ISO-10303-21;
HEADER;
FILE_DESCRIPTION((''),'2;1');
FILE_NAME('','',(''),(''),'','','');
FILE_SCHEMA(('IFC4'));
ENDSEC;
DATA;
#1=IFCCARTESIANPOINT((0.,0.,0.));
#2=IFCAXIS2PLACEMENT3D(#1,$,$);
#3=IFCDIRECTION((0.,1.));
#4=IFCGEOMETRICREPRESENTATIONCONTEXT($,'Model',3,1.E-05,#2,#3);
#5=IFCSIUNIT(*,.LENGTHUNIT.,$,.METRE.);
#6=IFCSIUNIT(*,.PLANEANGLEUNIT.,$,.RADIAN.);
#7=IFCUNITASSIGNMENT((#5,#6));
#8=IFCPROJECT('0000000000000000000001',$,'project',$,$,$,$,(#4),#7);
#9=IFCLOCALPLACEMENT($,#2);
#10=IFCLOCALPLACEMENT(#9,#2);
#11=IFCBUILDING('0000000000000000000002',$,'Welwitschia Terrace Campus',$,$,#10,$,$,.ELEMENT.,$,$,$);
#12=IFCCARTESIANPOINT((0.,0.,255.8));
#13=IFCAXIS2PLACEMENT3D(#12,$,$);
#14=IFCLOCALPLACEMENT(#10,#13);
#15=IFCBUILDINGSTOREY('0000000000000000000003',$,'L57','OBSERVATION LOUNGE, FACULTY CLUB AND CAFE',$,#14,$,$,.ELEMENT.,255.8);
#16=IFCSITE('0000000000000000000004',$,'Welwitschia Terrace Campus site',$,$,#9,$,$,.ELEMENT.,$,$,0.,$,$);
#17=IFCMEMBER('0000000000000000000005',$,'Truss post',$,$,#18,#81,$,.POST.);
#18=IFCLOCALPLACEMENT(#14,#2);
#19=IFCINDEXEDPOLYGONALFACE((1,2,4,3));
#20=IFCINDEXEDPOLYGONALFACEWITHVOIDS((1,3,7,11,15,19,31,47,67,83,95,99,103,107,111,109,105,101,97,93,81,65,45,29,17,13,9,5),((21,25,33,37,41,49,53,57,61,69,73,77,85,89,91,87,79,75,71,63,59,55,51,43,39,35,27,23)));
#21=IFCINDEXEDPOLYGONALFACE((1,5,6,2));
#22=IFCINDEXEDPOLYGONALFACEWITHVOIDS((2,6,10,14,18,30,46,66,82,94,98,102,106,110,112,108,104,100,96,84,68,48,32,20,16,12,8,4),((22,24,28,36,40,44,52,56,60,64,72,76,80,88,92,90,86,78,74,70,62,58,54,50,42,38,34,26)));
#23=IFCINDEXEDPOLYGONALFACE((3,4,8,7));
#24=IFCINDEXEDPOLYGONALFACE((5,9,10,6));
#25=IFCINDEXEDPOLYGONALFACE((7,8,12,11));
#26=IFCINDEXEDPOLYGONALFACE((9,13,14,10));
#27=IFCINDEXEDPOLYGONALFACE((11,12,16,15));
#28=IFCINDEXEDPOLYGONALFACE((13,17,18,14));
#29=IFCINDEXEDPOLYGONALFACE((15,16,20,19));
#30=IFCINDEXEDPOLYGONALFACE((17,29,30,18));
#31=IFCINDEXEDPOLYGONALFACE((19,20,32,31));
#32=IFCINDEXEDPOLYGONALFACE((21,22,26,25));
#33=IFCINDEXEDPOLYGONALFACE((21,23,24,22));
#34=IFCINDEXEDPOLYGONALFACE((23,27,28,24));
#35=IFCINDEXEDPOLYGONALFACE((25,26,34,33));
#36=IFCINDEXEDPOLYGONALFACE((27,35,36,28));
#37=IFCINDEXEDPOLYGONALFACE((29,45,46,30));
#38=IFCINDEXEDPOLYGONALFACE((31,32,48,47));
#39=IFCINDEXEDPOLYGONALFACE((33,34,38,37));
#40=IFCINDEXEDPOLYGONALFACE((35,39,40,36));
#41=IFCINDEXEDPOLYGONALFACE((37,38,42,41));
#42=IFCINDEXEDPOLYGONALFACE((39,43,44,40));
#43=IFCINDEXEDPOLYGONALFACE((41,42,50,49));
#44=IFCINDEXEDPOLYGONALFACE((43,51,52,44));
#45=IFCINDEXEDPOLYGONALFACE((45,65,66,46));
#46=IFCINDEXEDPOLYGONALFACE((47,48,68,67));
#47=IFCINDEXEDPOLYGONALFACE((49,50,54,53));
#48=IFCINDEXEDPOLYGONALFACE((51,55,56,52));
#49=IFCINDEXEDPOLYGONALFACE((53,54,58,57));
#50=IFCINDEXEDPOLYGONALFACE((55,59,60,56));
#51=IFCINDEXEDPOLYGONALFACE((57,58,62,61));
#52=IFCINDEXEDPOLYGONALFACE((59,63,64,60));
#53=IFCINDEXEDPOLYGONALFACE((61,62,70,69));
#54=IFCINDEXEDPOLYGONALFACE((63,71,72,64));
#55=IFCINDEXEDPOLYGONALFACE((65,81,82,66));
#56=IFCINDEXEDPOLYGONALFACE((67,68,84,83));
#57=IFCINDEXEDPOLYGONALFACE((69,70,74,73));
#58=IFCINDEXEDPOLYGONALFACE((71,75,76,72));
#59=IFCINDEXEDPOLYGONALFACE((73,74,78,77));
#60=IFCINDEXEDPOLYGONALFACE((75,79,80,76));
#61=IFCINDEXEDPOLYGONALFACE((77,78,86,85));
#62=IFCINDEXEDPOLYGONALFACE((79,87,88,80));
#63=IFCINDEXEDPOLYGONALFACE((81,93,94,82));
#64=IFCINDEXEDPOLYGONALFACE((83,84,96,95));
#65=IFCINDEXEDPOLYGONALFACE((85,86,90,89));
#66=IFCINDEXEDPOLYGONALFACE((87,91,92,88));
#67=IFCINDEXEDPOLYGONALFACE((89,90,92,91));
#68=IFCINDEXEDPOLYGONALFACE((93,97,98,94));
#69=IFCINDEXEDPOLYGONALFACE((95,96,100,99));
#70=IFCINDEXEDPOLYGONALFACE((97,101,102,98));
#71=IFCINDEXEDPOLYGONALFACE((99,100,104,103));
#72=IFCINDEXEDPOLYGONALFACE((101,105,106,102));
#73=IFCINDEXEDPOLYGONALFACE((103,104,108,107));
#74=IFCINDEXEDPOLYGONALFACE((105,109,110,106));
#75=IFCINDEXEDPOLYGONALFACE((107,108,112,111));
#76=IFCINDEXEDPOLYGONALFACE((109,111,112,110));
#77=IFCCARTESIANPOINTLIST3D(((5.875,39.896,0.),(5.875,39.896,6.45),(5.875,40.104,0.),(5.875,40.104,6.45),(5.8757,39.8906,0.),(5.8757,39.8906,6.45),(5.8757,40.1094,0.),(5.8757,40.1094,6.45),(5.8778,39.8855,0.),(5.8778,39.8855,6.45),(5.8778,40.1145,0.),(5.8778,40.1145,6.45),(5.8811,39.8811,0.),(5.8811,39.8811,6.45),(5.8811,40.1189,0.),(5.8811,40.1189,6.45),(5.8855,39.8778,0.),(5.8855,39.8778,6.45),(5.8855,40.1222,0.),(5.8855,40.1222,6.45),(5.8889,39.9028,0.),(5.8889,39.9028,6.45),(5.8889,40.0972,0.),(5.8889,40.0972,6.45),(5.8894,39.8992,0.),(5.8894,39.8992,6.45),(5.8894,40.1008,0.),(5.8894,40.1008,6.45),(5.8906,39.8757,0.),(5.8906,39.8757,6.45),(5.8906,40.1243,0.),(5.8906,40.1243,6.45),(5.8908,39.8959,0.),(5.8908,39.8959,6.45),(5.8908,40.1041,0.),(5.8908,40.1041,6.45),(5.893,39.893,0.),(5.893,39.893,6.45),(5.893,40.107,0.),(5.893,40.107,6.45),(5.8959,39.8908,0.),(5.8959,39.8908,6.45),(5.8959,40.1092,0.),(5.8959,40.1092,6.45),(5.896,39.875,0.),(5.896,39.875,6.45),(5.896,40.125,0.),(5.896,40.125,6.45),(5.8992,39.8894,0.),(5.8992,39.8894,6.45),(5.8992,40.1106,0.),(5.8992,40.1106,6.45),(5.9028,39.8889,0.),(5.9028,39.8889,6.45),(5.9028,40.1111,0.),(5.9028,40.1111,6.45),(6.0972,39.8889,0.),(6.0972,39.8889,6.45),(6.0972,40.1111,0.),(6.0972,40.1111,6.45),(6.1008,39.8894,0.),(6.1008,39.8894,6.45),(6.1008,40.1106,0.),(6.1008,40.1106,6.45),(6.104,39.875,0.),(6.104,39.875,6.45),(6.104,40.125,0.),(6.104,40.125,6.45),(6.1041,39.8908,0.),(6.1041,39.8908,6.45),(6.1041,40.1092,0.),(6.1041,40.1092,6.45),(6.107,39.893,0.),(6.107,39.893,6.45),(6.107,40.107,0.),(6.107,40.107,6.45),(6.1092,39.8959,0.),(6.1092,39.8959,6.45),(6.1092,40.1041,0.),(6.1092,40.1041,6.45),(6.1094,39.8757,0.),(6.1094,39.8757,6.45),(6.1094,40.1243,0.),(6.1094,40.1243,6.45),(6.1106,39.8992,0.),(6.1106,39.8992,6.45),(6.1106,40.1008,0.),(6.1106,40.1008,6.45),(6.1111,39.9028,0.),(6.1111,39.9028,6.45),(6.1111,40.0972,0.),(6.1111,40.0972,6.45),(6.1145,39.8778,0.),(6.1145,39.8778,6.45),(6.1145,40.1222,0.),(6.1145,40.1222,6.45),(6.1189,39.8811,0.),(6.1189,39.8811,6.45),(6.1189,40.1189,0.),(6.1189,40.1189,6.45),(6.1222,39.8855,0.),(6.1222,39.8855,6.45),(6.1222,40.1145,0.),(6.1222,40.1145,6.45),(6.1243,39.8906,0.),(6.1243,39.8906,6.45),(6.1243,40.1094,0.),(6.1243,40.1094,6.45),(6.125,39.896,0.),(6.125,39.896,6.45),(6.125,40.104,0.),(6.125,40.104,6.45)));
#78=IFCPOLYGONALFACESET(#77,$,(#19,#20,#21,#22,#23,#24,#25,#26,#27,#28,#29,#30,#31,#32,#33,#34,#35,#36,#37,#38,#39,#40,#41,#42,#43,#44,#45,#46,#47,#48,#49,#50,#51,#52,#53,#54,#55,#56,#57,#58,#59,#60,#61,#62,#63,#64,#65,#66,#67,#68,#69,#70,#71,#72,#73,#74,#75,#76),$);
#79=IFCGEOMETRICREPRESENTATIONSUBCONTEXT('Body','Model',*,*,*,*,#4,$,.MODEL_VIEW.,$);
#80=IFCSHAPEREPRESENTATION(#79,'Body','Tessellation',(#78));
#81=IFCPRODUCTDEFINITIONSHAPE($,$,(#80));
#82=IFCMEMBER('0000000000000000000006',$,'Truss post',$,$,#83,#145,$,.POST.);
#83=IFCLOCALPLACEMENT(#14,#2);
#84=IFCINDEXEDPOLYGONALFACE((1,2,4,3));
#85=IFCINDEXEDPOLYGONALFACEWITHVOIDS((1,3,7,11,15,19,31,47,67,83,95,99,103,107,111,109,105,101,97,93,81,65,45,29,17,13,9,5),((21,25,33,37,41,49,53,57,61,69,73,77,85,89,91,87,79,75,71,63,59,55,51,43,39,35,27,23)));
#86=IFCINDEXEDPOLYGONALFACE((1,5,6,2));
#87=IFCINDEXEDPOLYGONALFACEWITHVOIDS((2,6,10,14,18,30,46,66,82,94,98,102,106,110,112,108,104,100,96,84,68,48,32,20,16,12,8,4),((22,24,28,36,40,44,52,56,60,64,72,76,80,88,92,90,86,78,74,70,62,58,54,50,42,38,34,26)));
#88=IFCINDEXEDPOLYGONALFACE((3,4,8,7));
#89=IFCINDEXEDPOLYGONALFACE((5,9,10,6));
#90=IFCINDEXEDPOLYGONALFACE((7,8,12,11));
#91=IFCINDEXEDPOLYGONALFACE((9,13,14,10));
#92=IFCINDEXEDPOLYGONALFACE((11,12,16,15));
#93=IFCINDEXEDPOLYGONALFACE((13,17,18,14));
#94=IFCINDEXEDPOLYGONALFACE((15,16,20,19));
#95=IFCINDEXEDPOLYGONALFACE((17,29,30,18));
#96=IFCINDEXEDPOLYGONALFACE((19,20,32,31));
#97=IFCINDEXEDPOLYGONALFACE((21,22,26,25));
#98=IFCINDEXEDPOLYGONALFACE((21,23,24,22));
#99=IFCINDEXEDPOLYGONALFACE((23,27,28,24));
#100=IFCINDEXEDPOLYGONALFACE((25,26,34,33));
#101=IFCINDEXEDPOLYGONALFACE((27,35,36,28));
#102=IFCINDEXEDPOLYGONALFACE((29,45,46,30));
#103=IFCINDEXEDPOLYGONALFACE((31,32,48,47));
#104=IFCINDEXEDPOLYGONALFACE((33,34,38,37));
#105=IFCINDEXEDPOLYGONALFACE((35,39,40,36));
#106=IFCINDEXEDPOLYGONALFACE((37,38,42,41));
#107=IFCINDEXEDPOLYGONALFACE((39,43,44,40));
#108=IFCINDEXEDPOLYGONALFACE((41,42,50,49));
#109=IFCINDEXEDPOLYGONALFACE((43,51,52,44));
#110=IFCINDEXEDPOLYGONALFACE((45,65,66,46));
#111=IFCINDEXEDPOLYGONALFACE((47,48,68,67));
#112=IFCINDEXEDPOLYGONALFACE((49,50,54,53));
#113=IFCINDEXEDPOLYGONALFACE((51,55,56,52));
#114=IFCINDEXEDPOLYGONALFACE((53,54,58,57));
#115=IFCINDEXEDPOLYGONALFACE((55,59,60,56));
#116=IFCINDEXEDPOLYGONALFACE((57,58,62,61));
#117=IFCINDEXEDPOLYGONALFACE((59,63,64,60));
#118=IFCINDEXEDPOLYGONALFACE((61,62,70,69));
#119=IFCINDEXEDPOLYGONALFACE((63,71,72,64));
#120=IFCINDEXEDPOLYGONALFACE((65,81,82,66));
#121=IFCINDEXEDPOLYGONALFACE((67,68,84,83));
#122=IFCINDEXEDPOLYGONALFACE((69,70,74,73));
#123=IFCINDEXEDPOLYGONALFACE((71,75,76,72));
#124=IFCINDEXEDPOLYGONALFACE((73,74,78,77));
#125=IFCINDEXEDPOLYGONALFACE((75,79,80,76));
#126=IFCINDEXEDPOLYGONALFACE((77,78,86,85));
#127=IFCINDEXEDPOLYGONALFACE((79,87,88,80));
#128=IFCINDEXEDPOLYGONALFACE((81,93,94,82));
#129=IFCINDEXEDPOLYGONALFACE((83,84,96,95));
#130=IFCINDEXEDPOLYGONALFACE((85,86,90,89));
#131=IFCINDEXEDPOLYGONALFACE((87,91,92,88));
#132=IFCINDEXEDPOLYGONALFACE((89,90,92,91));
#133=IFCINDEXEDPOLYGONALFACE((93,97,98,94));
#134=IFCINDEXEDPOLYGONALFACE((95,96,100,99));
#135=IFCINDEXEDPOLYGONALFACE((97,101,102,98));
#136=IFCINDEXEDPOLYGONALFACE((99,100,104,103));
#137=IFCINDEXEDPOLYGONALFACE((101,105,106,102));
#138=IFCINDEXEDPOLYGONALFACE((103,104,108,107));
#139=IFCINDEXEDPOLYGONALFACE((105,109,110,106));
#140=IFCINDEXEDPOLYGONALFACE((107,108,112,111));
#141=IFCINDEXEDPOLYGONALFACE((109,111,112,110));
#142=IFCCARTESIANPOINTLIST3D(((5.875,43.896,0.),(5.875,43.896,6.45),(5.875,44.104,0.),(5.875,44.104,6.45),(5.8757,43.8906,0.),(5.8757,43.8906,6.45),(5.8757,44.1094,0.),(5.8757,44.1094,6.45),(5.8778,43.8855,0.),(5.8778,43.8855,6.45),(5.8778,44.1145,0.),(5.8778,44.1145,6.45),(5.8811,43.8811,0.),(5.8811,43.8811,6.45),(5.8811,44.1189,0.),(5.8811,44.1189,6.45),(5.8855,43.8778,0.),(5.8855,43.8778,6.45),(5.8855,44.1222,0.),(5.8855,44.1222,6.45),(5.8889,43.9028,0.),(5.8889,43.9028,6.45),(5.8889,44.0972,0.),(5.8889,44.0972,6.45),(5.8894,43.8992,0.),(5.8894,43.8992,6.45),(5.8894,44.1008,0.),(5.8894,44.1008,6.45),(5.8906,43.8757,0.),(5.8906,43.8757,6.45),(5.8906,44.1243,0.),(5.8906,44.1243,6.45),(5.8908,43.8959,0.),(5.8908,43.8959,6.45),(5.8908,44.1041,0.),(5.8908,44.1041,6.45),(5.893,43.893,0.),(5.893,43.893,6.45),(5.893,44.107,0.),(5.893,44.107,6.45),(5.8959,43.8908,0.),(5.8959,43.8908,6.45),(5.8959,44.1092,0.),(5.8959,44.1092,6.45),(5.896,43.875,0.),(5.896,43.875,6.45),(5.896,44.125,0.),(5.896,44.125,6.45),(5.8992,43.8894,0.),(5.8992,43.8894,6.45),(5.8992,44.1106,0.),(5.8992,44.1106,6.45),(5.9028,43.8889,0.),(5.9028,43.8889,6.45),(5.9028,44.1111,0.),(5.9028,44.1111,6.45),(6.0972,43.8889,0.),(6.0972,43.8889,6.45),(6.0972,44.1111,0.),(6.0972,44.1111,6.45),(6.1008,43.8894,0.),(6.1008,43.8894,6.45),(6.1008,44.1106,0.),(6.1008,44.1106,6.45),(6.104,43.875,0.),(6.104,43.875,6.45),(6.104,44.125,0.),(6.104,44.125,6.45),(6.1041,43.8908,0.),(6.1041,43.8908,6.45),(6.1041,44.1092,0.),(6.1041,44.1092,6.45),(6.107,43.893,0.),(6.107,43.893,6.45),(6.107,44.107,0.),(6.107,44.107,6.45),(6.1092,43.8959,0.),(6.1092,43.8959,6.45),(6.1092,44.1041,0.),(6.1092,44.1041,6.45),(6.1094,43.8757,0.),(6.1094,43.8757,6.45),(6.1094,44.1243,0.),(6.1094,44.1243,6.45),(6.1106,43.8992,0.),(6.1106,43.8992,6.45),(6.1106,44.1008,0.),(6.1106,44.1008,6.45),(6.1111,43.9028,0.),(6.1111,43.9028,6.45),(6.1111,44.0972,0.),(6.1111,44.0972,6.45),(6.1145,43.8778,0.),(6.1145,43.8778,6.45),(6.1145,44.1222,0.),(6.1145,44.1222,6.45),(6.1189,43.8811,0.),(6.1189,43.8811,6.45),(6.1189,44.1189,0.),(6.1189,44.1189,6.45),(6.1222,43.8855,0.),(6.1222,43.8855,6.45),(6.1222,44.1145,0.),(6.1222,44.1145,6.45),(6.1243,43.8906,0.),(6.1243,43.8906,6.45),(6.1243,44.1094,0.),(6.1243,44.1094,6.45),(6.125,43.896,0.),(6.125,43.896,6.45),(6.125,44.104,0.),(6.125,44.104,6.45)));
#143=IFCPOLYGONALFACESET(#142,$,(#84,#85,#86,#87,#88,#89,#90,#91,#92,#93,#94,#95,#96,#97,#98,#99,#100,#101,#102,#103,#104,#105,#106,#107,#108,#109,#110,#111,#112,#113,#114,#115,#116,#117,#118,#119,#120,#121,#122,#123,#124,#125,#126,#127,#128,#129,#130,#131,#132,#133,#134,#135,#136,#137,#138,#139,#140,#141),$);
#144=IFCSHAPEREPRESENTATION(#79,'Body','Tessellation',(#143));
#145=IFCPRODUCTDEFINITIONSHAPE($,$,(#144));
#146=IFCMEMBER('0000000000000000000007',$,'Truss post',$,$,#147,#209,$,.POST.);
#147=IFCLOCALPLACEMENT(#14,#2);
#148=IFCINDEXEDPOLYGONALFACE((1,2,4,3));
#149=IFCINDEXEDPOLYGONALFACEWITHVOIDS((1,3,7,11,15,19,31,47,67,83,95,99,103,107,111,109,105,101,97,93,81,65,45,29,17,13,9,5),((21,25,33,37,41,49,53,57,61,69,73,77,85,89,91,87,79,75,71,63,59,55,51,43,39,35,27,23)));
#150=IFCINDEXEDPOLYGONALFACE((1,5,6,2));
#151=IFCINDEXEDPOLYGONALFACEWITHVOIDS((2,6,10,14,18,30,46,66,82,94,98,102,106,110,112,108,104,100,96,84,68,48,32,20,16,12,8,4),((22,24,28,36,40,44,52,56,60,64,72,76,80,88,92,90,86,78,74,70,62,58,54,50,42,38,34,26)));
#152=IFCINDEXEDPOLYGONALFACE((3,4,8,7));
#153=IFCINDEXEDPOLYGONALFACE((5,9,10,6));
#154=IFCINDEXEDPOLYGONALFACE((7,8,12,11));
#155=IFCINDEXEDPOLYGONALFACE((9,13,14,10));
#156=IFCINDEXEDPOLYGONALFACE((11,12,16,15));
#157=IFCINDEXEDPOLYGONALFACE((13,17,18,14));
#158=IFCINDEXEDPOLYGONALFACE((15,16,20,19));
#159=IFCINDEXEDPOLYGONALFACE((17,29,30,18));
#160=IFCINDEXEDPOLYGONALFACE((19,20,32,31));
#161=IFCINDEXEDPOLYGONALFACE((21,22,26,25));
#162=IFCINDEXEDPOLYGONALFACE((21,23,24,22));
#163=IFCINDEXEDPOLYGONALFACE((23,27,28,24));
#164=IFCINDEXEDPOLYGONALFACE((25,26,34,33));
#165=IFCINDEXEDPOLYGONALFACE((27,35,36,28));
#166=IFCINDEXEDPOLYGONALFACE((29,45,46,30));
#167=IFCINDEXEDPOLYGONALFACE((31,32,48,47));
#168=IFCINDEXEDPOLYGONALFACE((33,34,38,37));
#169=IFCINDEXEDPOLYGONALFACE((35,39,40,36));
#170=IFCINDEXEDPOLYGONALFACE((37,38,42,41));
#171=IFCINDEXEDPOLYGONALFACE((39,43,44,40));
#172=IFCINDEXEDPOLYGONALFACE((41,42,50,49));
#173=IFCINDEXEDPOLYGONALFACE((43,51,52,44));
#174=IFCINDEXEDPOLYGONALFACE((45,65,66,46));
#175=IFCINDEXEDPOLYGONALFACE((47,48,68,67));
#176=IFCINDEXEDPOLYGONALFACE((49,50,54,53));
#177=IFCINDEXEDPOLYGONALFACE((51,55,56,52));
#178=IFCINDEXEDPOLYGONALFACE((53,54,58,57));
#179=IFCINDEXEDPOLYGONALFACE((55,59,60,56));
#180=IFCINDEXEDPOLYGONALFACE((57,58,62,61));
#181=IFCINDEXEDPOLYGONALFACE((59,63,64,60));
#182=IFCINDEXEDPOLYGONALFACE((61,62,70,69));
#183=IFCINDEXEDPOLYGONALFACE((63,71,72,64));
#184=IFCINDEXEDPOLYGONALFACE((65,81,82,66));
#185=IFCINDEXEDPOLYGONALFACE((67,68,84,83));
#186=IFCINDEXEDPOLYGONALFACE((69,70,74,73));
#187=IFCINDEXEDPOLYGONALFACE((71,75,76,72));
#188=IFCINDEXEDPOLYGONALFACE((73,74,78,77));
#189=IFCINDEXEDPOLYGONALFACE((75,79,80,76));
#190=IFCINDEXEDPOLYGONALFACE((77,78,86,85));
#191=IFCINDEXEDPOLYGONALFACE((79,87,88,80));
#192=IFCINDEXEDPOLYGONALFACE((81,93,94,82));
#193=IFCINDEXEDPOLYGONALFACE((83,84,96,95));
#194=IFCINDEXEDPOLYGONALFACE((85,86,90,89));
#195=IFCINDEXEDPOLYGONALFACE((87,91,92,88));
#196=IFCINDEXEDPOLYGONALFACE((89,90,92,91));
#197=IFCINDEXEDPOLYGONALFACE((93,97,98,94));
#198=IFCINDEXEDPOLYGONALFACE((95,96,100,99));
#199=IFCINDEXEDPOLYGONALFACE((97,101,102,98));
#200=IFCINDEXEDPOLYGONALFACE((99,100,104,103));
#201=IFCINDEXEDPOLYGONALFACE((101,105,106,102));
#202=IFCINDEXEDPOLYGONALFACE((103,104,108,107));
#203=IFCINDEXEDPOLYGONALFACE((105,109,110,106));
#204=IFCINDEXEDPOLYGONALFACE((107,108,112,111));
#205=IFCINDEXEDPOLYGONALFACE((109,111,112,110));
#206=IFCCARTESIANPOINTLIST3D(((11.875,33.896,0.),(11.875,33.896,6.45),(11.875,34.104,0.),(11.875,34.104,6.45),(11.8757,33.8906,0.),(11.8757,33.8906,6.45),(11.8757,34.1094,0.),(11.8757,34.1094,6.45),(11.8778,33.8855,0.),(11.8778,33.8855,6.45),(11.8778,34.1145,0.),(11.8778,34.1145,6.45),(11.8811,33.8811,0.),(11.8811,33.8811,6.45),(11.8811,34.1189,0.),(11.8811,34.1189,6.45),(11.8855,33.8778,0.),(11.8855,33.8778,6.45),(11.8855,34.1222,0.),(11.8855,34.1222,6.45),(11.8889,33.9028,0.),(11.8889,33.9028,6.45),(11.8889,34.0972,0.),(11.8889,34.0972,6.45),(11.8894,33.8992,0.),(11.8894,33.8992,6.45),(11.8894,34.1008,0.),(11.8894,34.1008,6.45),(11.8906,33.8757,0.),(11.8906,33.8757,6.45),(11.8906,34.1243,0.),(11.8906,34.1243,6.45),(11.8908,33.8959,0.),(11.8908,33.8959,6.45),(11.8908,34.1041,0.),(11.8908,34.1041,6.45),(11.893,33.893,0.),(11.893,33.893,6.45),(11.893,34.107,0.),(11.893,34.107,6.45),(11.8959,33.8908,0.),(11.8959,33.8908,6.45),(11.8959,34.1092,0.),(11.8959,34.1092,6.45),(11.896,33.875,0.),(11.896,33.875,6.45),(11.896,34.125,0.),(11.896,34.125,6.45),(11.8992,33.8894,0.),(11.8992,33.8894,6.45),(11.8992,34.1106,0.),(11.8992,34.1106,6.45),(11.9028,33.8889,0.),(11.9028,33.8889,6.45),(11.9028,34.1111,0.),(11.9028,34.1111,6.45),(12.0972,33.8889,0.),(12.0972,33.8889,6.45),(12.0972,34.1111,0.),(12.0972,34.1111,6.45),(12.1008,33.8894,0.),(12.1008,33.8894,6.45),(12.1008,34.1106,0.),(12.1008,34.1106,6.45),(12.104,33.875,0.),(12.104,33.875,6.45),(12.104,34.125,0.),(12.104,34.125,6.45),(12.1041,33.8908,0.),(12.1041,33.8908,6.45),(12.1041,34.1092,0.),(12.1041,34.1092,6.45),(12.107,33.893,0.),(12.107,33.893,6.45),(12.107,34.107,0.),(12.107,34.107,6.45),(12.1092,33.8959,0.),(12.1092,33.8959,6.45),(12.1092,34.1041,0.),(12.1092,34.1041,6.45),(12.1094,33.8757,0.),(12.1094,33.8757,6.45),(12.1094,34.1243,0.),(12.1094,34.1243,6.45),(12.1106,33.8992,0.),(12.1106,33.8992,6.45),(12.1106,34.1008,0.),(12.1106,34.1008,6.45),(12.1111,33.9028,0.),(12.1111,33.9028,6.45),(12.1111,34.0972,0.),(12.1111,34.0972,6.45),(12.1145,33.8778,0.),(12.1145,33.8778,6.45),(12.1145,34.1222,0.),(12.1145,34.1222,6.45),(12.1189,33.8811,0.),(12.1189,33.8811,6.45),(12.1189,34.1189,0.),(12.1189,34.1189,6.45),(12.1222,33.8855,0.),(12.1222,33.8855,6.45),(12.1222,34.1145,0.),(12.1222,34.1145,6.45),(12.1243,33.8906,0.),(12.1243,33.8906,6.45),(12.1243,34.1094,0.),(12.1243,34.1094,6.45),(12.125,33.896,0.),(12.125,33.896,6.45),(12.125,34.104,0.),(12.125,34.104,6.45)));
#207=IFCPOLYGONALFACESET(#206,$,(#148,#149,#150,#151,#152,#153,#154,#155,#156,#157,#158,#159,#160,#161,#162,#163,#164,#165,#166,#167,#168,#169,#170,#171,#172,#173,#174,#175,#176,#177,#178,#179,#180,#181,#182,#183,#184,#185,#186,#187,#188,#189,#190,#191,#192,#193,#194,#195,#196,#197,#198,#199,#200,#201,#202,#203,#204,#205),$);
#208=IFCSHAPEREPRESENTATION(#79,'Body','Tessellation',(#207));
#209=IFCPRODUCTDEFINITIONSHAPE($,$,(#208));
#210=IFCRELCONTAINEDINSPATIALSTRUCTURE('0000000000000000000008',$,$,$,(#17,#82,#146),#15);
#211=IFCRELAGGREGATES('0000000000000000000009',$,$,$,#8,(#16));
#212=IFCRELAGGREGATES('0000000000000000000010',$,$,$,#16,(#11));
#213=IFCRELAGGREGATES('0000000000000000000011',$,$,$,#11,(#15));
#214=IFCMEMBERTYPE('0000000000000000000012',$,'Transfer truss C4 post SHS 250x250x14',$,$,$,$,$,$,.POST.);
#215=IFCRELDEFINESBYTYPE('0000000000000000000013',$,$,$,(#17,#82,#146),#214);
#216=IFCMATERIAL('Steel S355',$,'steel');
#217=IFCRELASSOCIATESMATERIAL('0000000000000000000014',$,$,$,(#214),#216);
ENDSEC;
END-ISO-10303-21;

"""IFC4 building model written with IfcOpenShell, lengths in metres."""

from ifc_helpers import new_model, si_unit, direction, frame, origin, origin_2d, place, context, subcontext, project, spatial, hollow_rectangle, extrude, material, material_profile, profile_set, type_object, element, save


model = new_model("IFC4")

# Units and contexts
model_context = context("Model", 3, precision=1e-05, world=origin(), true_north=direction((0.0, 1.0)))
body_context = subcontext(model_context, "Body", "Model", "MODEL_VIEW")
ifc_project = project(units=[si_unit("LENGTHUNIT", "METRE"), si_unit("PLANEANGLEUNIT", "RADIAN")], contexts=[model_context])

# Site, building, storey
site_placement = place(None, origin())
site = spatial("IfcSite", under=ifc_project, at=site_placement, Name="Welwitschia Terrace Campus site", CompositionType="ELEMENT", RefElevation=0.0)
building_placement = place(site_placement, origin())
building = spatial("IfcBuilding", under=site, at=building_placement, Name="Welwitschia Terrace Campus", CompositionType="ELEMENT")
storey_placement = place(building_placement, frame((0.0, 0.0, 255.8)))
storey = spatial("IfcBuildingStorey", under=building, at=storey_placement, Name="L57", Description="OBSERVATION LOUNGE, FACULTY CLUB AND CAFE", CompositionType="ELEMENT", Elevation=255.8)

# Members
ifc_material_1 = material(Name="Steel S355", Category="steel")
ifc_material_profile_1 = material_profile(ifc_material_1, hollow_rectangle(XDim=0.25, YDim=0.25, WallThickness=0.0139, InnerFilletRadius=0.0139, OuterFilletRadius=0.021, at=origin_2d()))
ifc_profile_set_1 = profile_set([ifc_material_profile_1], Name="Steel S355")
member_type_1 = type_object("IfcMemberType", Name="Transfer truss C4 post SHS 250x250x14", PredefinedType="POST", material=ifc_profile_set_1)
for number, where, z_axis, x_axis, name in (
    (1, (6.0, 40.0, 0.0), (0.0, 0.0, 1.0), (1.0, 0.0, 0.0), "Truss post"),
    (2, (6.0, 44.0, 0.0), (0.0, 0.0, 1.0), (1.0, 0.0, 0.0), "Truss post"),
    (3, (12.0, 34.0, 0.0), (0.0, 0.0, 1.0), (1.0, 0.0, 0.0), "Truss post"),
):
    element("IfcMember", number, at=place(storey_placement, frame(where, z_axis=z_axis, x_axis=x_axis)), inside=storey, type_object=member_type_1, Name=name, PredefinedType="POST", context=body_context, shape_type="SweptSolid", body=[
        extrude(hollow_rectangle(XDim=0.25, YDim=0.25, WallThickness=0.0139, InnerFilletRadius=0.0139, OuterFilletRadius=0.021, at=origin_2d()), origin(), (0.0, 0.0, 1.0), 6.45),
    ])

save(model, "model.ifc")
